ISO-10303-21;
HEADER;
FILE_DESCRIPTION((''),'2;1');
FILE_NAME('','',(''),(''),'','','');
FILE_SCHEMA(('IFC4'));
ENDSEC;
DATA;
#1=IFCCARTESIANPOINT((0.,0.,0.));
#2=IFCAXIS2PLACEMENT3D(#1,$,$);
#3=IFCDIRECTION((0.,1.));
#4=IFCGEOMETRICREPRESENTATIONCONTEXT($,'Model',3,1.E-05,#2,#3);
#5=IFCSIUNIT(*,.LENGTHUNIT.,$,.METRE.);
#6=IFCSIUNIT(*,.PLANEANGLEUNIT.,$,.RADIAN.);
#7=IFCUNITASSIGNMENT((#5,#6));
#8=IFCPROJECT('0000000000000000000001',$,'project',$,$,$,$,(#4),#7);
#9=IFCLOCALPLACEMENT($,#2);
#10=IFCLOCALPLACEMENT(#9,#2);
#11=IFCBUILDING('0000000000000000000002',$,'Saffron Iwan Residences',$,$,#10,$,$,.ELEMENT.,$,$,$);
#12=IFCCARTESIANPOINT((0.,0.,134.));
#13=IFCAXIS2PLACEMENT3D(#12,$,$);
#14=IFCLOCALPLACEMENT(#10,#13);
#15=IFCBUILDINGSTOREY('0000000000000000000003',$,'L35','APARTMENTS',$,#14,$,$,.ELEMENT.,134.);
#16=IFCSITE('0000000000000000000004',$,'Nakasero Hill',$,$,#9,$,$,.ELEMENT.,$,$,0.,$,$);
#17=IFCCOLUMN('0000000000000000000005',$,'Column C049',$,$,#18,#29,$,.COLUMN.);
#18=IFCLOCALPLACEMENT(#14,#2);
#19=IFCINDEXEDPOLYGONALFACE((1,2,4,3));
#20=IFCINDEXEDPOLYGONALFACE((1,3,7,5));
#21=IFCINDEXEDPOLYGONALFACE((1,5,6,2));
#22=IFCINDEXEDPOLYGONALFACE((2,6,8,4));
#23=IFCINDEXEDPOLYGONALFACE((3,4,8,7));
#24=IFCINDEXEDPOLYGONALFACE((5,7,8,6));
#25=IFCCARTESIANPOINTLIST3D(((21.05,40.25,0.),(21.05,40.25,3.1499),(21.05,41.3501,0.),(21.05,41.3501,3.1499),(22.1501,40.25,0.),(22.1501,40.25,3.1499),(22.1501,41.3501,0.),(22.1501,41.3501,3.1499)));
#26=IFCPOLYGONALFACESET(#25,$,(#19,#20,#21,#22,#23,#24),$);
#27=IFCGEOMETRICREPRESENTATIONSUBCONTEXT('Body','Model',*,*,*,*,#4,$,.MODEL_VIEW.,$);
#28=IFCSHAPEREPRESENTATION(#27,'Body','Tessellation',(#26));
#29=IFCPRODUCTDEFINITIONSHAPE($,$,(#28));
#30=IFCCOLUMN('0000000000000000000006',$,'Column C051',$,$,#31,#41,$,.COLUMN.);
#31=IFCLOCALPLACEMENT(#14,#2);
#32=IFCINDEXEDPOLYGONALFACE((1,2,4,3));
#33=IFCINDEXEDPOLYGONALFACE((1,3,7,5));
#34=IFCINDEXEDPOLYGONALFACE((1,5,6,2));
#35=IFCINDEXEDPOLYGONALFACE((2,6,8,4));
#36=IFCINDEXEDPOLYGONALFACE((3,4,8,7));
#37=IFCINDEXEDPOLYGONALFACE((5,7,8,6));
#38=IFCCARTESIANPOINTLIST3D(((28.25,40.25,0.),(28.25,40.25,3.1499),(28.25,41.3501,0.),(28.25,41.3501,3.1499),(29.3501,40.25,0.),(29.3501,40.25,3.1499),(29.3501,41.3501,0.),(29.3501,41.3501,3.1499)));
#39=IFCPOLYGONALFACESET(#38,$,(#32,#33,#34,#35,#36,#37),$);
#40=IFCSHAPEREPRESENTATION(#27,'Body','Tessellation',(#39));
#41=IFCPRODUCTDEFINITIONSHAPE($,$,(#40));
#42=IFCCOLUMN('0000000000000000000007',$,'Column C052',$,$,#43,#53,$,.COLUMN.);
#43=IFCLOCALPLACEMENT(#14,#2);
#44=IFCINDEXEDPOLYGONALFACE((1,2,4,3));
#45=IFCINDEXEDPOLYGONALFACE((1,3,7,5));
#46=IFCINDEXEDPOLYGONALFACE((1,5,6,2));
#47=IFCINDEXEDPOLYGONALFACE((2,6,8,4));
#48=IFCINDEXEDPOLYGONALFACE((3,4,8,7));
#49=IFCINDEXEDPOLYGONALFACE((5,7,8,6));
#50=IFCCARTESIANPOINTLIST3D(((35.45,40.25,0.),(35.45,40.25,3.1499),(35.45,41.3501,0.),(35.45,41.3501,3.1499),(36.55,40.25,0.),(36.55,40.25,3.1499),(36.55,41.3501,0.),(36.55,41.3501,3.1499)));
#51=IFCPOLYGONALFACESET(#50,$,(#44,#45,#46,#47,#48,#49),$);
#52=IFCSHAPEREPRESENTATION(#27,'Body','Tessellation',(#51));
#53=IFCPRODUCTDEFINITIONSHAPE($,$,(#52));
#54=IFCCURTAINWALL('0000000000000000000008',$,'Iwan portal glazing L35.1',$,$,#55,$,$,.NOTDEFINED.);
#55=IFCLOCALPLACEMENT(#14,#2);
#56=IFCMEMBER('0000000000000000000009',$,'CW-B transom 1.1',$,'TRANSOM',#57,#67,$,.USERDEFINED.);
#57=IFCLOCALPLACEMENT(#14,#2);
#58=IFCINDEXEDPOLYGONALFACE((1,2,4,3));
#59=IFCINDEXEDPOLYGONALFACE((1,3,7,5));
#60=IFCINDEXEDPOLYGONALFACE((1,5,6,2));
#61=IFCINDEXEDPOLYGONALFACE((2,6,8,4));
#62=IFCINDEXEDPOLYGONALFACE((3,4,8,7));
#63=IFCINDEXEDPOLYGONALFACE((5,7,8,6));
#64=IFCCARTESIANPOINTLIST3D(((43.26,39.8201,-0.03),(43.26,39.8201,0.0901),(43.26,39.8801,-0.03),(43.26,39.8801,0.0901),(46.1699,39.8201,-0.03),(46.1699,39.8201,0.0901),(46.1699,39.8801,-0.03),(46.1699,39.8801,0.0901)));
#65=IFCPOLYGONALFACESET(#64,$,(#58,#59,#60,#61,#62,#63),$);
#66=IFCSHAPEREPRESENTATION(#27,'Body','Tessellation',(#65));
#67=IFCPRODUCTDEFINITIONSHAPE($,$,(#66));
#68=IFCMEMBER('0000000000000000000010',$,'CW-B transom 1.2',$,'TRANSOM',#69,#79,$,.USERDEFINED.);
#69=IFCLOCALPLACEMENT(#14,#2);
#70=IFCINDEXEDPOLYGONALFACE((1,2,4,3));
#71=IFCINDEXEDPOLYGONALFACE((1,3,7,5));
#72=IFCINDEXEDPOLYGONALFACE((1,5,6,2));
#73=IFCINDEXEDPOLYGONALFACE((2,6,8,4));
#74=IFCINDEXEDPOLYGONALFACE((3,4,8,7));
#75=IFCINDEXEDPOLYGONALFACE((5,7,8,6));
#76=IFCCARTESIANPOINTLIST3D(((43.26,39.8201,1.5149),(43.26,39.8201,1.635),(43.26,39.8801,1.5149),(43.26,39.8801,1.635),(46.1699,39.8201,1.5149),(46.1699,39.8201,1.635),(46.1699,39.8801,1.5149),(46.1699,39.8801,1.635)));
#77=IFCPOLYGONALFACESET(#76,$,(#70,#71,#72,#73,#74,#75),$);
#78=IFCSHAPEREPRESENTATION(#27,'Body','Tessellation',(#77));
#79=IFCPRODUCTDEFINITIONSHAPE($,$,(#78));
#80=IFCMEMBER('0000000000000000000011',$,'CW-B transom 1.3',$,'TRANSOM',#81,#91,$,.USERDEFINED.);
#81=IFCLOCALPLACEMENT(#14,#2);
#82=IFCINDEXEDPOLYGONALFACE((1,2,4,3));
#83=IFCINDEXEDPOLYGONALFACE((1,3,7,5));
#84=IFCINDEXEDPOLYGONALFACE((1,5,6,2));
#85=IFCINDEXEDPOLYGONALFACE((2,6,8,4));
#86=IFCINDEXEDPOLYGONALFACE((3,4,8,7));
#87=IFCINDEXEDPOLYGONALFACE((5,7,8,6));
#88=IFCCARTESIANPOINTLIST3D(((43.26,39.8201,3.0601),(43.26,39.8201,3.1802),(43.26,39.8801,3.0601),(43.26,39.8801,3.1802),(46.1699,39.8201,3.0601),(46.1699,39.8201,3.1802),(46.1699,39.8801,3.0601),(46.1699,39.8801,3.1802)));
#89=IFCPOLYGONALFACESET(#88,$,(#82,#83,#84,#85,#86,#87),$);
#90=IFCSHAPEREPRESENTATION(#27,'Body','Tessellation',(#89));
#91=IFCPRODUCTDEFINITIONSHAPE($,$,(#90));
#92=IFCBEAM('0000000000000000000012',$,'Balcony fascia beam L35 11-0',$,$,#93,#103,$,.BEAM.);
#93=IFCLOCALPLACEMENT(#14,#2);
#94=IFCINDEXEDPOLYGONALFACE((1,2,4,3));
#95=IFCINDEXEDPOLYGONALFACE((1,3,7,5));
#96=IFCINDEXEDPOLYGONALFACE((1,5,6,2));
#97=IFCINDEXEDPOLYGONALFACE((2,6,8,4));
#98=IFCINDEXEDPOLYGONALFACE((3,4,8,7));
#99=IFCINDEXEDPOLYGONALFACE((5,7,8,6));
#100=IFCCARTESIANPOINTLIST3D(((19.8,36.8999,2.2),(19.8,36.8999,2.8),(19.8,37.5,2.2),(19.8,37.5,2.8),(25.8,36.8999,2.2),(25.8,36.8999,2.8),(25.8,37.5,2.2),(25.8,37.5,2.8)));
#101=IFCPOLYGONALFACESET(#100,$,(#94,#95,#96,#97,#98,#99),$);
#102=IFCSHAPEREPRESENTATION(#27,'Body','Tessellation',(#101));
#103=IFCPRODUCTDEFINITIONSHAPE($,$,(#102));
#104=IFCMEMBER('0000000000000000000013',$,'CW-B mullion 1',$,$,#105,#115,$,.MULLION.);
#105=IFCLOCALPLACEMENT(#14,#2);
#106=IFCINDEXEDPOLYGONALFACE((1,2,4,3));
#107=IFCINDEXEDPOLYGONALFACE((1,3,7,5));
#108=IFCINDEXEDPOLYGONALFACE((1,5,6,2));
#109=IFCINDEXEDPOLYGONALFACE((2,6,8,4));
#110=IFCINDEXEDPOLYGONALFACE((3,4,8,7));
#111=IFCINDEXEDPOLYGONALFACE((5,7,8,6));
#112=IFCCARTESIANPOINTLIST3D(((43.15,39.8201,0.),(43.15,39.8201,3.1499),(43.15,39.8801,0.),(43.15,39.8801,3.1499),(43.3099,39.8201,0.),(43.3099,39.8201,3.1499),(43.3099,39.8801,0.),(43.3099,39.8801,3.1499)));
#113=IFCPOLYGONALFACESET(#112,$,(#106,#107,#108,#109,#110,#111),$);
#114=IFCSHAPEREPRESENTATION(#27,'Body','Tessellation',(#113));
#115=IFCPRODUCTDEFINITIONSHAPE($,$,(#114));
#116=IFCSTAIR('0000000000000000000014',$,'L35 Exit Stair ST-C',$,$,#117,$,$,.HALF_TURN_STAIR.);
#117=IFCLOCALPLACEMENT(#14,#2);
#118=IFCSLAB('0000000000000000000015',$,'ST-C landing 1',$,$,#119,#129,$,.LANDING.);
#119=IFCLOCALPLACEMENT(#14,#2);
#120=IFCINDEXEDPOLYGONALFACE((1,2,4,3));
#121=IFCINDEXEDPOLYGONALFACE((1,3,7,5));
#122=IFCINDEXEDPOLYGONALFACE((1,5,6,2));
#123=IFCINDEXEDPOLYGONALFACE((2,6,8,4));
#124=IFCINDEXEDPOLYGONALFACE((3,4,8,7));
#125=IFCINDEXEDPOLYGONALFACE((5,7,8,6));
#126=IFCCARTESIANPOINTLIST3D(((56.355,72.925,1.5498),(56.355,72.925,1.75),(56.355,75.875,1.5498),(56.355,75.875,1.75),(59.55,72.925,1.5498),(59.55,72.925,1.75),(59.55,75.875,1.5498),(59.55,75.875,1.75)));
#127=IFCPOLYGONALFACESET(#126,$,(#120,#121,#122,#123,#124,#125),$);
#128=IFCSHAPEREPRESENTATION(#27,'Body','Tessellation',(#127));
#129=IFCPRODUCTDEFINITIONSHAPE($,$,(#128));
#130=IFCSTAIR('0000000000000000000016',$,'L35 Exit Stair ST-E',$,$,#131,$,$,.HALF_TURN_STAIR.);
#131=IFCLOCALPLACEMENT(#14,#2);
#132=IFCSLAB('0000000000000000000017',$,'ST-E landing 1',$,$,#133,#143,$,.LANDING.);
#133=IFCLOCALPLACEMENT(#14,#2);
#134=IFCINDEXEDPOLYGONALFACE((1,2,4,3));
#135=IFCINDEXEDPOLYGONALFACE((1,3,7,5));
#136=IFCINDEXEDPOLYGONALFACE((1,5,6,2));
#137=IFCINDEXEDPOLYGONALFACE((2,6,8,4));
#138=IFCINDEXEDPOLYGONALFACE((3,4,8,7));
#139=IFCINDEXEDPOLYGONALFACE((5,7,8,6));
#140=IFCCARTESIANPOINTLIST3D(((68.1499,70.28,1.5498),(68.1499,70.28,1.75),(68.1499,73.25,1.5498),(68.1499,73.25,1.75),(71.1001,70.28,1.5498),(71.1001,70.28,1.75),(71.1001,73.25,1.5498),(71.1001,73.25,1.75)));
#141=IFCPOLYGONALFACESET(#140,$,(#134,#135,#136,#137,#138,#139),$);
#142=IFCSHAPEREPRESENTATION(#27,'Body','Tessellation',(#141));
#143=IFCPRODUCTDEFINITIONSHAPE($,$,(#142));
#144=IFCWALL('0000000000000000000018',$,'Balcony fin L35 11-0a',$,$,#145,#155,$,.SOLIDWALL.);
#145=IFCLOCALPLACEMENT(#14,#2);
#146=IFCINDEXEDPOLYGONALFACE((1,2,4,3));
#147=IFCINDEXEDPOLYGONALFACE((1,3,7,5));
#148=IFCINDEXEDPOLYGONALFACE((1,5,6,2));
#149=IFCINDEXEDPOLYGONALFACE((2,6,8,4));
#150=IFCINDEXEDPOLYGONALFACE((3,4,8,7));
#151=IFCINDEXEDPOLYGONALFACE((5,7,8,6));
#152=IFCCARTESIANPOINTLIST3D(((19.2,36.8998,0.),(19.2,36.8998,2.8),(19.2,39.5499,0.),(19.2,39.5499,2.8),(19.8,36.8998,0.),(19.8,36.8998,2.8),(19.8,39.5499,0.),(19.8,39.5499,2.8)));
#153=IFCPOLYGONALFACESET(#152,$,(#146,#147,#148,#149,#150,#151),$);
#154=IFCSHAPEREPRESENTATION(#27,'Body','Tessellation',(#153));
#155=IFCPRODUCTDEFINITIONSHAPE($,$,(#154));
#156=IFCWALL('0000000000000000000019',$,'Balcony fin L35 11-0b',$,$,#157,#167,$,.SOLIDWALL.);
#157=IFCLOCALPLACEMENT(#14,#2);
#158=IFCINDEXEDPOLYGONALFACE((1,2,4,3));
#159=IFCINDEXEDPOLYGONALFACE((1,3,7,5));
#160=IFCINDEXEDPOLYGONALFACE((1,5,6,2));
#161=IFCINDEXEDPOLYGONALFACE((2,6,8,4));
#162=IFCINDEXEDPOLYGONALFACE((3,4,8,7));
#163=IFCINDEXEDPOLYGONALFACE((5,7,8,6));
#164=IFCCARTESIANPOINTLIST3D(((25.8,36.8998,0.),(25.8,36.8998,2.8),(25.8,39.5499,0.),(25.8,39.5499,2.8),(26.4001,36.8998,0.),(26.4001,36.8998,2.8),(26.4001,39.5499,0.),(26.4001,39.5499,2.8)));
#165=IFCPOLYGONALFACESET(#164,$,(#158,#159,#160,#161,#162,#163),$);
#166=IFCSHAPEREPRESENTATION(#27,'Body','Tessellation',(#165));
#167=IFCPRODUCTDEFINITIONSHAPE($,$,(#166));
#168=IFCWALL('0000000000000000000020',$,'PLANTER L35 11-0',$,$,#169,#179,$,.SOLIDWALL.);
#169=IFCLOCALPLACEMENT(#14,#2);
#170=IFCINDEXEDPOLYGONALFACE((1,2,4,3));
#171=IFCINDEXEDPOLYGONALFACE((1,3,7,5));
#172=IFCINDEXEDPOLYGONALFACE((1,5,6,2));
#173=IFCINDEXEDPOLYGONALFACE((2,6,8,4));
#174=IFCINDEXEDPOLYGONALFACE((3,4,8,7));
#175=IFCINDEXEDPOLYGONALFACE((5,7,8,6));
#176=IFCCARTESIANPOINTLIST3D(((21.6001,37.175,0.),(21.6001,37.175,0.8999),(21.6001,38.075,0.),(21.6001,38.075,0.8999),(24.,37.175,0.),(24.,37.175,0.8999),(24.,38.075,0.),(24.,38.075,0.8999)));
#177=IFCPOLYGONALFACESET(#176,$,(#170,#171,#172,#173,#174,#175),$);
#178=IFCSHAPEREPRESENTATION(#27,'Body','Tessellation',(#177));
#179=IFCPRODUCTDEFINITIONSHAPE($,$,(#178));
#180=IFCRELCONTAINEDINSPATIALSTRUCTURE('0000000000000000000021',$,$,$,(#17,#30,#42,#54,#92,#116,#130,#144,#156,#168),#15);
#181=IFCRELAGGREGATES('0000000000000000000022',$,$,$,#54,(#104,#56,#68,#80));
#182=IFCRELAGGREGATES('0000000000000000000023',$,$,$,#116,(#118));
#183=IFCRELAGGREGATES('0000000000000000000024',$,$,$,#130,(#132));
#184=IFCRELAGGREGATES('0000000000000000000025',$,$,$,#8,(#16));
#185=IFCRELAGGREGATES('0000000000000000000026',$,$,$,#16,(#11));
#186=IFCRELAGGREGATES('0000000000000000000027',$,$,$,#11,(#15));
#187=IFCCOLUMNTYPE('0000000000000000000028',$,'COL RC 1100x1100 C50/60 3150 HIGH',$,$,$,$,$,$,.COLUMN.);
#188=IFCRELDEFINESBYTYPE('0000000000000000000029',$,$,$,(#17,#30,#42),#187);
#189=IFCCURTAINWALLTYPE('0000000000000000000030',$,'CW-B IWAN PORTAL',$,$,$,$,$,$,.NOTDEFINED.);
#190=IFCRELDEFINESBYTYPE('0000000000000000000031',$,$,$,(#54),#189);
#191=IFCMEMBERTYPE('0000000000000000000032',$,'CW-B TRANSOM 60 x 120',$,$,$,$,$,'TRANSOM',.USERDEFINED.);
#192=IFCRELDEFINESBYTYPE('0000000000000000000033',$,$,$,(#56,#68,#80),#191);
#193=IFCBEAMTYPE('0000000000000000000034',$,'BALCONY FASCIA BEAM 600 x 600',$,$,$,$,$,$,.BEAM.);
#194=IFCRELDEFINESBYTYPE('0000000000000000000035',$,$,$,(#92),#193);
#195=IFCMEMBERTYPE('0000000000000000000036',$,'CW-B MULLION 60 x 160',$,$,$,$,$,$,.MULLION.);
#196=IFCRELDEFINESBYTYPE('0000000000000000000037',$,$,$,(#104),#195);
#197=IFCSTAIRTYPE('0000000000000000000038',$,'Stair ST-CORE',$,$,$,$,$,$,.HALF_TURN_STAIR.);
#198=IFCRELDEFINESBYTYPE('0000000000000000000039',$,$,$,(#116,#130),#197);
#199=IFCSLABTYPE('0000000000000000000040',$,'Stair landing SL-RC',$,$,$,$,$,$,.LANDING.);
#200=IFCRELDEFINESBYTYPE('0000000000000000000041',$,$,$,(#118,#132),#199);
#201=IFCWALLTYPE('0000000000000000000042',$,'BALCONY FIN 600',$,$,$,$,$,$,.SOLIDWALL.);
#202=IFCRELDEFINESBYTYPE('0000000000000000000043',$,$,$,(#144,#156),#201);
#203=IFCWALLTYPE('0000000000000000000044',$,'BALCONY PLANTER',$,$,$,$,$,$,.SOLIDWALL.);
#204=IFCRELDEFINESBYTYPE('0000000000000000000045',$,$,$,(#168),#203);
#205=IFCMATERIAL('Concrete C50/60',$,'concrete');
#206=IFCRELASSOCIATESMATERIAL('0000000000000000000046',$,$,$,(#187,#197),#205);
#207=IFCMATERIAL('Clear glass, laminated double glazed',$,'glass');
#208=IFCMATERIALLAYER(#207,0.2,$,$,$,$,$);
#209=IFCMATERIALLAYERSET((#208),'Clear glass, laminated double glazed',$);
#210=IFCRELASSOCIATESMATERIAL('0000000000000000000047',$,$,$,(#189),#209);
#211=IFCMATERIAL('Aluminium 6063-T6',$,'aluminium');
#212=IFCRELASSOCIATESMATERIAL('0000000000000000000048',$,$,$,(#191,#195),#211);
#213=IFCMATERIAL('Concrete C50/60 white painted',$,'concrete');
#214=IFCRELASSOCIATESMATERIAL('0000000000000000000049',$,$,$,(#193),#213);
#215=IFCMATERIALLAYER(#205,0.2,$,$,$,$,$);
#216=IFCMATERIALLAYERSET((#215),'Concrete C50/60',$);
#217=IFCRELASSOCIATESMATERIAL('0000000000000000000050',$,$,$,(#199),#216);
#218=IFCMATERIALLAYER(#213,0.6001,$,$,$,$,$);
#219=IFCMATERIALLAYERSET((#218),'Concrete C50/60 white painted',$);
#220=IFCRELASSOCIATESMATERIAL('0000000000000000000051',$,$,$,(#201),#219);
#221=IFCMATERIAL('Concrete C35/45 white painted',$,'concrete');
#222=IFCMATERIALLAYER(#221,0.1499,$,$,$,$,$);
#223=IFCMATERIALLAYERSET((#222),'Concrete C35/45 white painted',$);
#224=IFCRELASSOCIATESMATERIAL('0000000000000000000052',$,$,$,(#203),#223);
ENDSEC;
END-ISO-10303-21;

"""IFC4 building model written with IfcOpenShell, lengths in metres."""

from ifc_helpers import new_model, si_unit, direction, frame, frame_2d, origin, origin_2d, place, context, subcontext, project, spatial, polyline, rectangle, outline, extrude, source, transform, mapped, material, layer, layer_set, material_profile, profile_set, type_object, element, aggregate, save


model = new_model("IFC4")

# Units and contexts
model_context = context("Model", 3, precision=1e-05, world=origin(), true_north=direction((0.0, 1.0)))
body_context = subcontext(model_context, "Body", "Model", "MODEL_VIEW")
ifc_project = project(units=[si_unit("LENGTHUNIT", "METRE"), si_unit("PLANEANGLEUNIT", "RADIAN")], contexts=[model_context])

# Site, building, storey
site_placement = place(None, origin())
site = spatial("IfcSite", under=ifc_project, at=site_placement, Name="Nakasero Hill", CompositionType="ELEMENT", RefElevation=0.0)
building_placement = place(site_placement, origin())
building = spatial("IfcBuilding", under=site, at=building_placement, Name="Saffron Iwan Residences", CompositionType="ELEMENT")
storey_placement = place(building_placement, frame((0.0, 0.0, 134.0)))
storey = spatial("IfcBuildingStorey", under=building, at=storey_placement, Name="L35", Description="APARTMENTS", CompositionType="ELEMENT", Elevation=134.0)

# Columns
ifc_material_1 = material(Name="Concrete C50/60", Category="concrete")
ifc_material_profile_1 = material_profile(ifc_material_1, rectangle(XDim=1.1001, YDim=1.1001, at=origin_2d()), Name="RC 1100x1100")
ifc_profile_set_1 = profile_set([ifc_material_profile_1], Name="Concrete C50/60")
column_type = type_object("IfcColumnType", Name="COL RC 1100x1100 C50/60 3150 HIGH", PredefinedType="COLUMN", material=ifc_profile_set_1)
shared_shape_1 = source(origin(), body_context, "Body", "SweptSolid", [
    extrude(rectangle(XDim=1.1001, YDim=1.1001, at=origin_2d()), origin(), (0.0, 0.0, 1.0), 3.1499),
])
for number, where, z_axis, x_axis, name in (
    (1, (21.6001, 40.8, 0.0), (0.0, 0.0, 1.0), (1.0, 0.0, 0.0), "Column C049"),
    (2, (28.8, 40.8, 0.0), (0.0, 0.0, 1.0), (1.0, 0.0, 0.0), "Column C051"),
    (3, (36.0, 40.8, 0.0), (0.0, 0.0, 1.0), (1.0, 0.0, 0.0), "Column C052"),
):
    element("IfcColumn", number, at=place(storey_placement, frame(where, z_axis=z_axis, x_axis=x_axis)), inside=storey, type_object=column_type, Name=name, PredefinedType="COLUMN", context=body_context, shape_type="MappedRepresentation", body=[
        mapped(shared_shape_1, transform((0.0, 0.0, 0.0))),
    ])

# Curtain wall, members
ifc_material_2 = material(Name="Clear glass, laminated double glazed", Category="glass")
ifc_layer_1 = layer(ifc_material_2, 0.2)
ifc_layer_set_1 = layer_set([ifc_layer_1], Name="Clear glass, laminated double glazed")
curtain_wall_type = type_object("IfcCurtainWallType", Name="CW-B IWAN PORTAL", PredefinedType="NOTDEFINED", material=ifc_layer_set_1)
curtain_wall_placement = place(storey_placement, origin())
curtain_wall = element("IfcCurtainWall", 4, at=curtain_wall_placement, inside=storey, type_object=curtain_wall_type, Name="Iwan portal glazing L35.1", PredefinedType="NOTDEFINED")
ifc_material_3 = material(Name="Aluminium 6063-T6", Category="aluminium")
ifc_material_profile_2 = material_profile(ifc_material_3, rectangle(XDim=0.0601, YDim=0.1201, at=origin_2d()), Name="CW-B TRANSOM 60 x 120")
ifc_profile_set_2 = profile_set([ifc_material_profile_2], Name="Aluminium 6063-T6")
member_type_1 = type_object("IfcMemberType", Name="CW-B TRANSOM 60 x 120", ElementType="TRANSOM", PredefinedType="USERDEFINED", material=ifc_profile_set_2)
shared_shape_2 = source(origin(), body_context, "Body", "SweptSolid", [
    extrude(rectangle(XDim=0.0601, YDim=0.1201, at=origin_2d()), origin(), (0.0, 0.0, 1.0), 2.9099),
])
member_1_placement = place(storey_placement, frame((43.26, 39.8501, 0.03), z_axis=(1.0, 0.0, 0.0), x_axis=(0.0, 1.0, 0.0)))
member_1 = element("IfcMember", 5, at=member_1_placement, type_object=member_type_1, Name="CW-B transom 1.1", ObjectType="TRANSOM", PredefinedType="USERDEFINED", context=body_context, shape_type="MappedRepresentation", body=[
    mapped(shared_shape_2, transform((0.0, 0.0, 0.0))),
])
member_2_placement = place(storey_placement, frame((43.26, 39.8501, 1.575), z_axis=(1.0, 0.0, 0.0), x_axis=(0.0, 1.0, 0.0)))
member_2 = element("IfcMember", 6, at=member_2_placement, type_object=member_type_1, Name="CW-B transom 1.2", ObjectType="TRANSOM", PredefinedType="USERDEFINED", context=body_context, shape_type="MappedRepresentation", body=[
    mapped(shared_shape_2, transform((0.0, 0.0, 0.0))),
])
member_3_placement = place(storey_placement, frame((43.26, 39.8501, 3.1201), z_axis=(1.0, 0.0, 0.0), x_axis=(0.0, 1.0, 0.0)))
member_3 = element("IfcMember", 7, at=member_3_placement, type_object=member_type_1, Name="CW-B transom 1.3", ObjectType="TRANSOM", PredefinedType="USERDEFINED", context=body_context, shape_type="MappedRepresentation", body=[
    mapped(shared_shape_2, transform((0.0, 0.0, 0.0))),
])

# Beam
ifc_material_4 = material(Name="Concrete C50/60 white painted", Category="concrete")
ifc_material_profile_3 = material_profile(ifc_material_4, rectangle(XDim=0.6001, YDim=0.6001, at=origin_2d()), Name="BALCONY FASCIA BEAM 600 x 600")
ifc_profile_set_3 = profile_set([ifc_material_profile_3], Name="Concrete C50/60 white painted")
beam_type = type_object("IfcBeamType", Name="BALCONY FASCIA BEAM 600 x 600", PredefinedType="BEAM", material=ifc_profile_set_3)
shared_shape_3 = source(origin(), body_context, "Body", "SweptSolid", [
    extrude(rectangle(XDim=0.6001, YDim=0.6001, at=origin_2d()), origin(), (0.0, 0.0, 1.0), 6.0),
])
beam_placement = place(storey_placement, frame((19.8, 37.2, 2.5), z_axis=(1.0, 0.0, 0.0), x_axis=(0.0, 1.0, 0.0)))
element("IfcBeam", 8, at=beam_placement, inside=storey, type_object=beam_type, Name="Balcony fascia beam L35 11-0", PredefinedType="BEAM", context=body_context, shape_type="MappedRepresentation", body=[
    mapped(shared_shape_3, transform((0.0, 0.0, 0.0))),
])

# Member
ifc_material_profile_4 = material_profile(ifc_material_3, rectangle(XDim=0.0601, YDim=0.1599, at=origin_2d()), Name="CW-B MULLION 60 x 160")
ifc_profile_set_4 = profile_set([ifc_material_profile_4], Name="Aluminium 6063-T6")
member_type_2 = type_object("IfcMemberType", Name="CW-B MULLION 60 x 160", PredefinedType="MULLION", material=ifc_profile_set_4)
shared_shape_4 = source(origin(), body_context, "Body", "SweptSolid", [
    extrude(rectangle(XDim=0.0601, YDim=0.1599, at=origin_2d()), origin(), (0.0, 0.0, 1.0), 3.1499),
])
member_4_placement = place(storey_placement, frame((43.23, 39.8501, 0.0), z_axis=(0.0, 0.0, 1.0), x_axis=(0.0, 1.0, 0.0)))
member_4 = element("IfcMember", 9, at=member_4_placement, type_object=member_type_2, Name="CW-B mullion 1", PredefinedType="MULLION", context=body_context, shape_type="MappedRepresentation", body=[
    mapped(shared_shape_4, transform((0.0, 0.0, 0.0))),
])
aggregate(curtain_wall, [member_4, member_1, member_2, member_3])

# Stairs, slabs
stair_type = type_object("IfcStairType", Name="Stair ST-CORE", PredefinedType="HALF_TURN_STAIR", material=ifc_material_1)
stair_1_placement = place(storey_placement, origin())
stair_1 = element("IfcStair", 10, at=stair_1_placement, inside=storey, type_object=stair_type, Name="L35 Exit Stair ST-C", PredefinedType="HALF_TURN_STAIR")
ifc_layer_2 = layer(ifc_material_1, 0.2)
ifc_layer_set_2 = layer_set([ifc_layer_2], Name="Concrete C50/60")
slab_type = type_object("IfcSlabType", Name="Stair landing SL-RC", PredefinedType="LANDING", material=ifc_layer_set_2)
slab_1_placement = place(storey_placement, frame((0.0, 0.0, 1.5498)))
slab_1 = element("IfcSlab", 11, at=slab_1_placement, type_object=slab_type, Name="ST-C landing 1", PredefinedType="LANDING", context=body_context, shape_type="SweptSolid", body=[
    extrude(outline(polyline([(56.355, 72.925), (59.55, 72.925), (59.55, 75.875), (56.355, 75.875), (56.355, 72.925)])), origin(), (0.0, 0.0, 1.0), 0.2002),
])
aggregate(stair_1, [slab_1])
stair_2_placement = place(storey_placement, origin())
stair_2 = element("IfcStair", 12, at=stair_2_placement, inside=storey, type_object=stair_type, Name="L35 Exit Stair ST-E", PredefinedType="HALF_TURN_STAIR")
slab_2_placement = place(storey_placement, frame((0.0, 0.0, 1.5498)))
slab_2 = element("IfcSlab", 13, at=slab_2_placement, type_object=slab_type, Name="ST-E landing 1", PredefinedType="LANDING", context=body_context, shape_type="SweptSolid", body=[
    extrude(outline(polyline([(71.1001, 70.28), (71.1001, 73.25), (68.1499, 73.25), (68.1499, 70.28), (71.1001, 70.28)])), origin(), (0.0, 0.0, 1.0), 0.2002),
])
aggregate(stair_2, [slab_2])

# Walls
ifc_layer_3 = layer(ifc_material_4, 0.6001)
ifc_layer_set_3 = layer_set([ifc_layer_3], Name="Concrete C50/60 white painted")
wall_type_1 = type_object("IfcWallType", Name="BALCONY FIN 600", PredefinedType="SOLIDWALL", material=ifc_layer_set_3)
for number, where, z_axis, x_axis, name in (
    (14, (19.5, 39.55, 0.0), (0.0, 0.0, 1.0), (0.0, -1.0, 0.0), "Balcony fin L35 11-0a"),
    (15, (26.1001, 39.55, 0.0), (0.0, 0.0, 1.0), (0.0, -1.0, 0.0), "Balcony fin L35 11-0b"),
):
    element("IfcWall", number, at=place(storey_placement, frame(where, z_axis=z_axis, x_axis=x_axis)), inside=storey, type_object=wall_type_1, Name=name, PredefinedType="SOLIDWALL", context=body_context, shape_type="SweptSolid", body=[
        extrude(rectangle(XDim=2.6501, YDim=0.6001, at=frame_2d((1.3252, 0.0))), origin(), (0.0, 0.0, 1.0), 2.8),
    ])
ifc_material_5 = material(Name="Concrete C35/45 white painted", Category="concrete")
ifc_layer_4 = layer(ifc_material_5, 0.1499)
ifc_layer_set_4 = layer_set([ifc_layer_4], Name="Concrete C35/45 white painted")
wall_type_2 = type_object("IfcWallType", Name="BALCONY PLANTER", PredefinedType="SOLIDWALL", material=ifc_layer_set_4)
wall_1_placement = place(storey_placement, frame((21.6001, 37.625, 0.0), z_axis=(0.0, 0.0, 1.0), x_axis=(1.0, 0.0, 0.0)))
element("IfcWall", 16, at=wall_1_placement, inside=storey, type_object=wall_type_2, Name="PLANTER L35 11-0", PredefinedType="SOLIDWALL", context=body_context, shape_type="SweptSolid", body=[
    extrude(rectangle(XDim=2.3999, YDim=0.8999, at=frame_2d((1.2, 0.0))), origin(), (0.0, 0.0, 1.0), 0.8999),
])

save(model, "model.ifc")
